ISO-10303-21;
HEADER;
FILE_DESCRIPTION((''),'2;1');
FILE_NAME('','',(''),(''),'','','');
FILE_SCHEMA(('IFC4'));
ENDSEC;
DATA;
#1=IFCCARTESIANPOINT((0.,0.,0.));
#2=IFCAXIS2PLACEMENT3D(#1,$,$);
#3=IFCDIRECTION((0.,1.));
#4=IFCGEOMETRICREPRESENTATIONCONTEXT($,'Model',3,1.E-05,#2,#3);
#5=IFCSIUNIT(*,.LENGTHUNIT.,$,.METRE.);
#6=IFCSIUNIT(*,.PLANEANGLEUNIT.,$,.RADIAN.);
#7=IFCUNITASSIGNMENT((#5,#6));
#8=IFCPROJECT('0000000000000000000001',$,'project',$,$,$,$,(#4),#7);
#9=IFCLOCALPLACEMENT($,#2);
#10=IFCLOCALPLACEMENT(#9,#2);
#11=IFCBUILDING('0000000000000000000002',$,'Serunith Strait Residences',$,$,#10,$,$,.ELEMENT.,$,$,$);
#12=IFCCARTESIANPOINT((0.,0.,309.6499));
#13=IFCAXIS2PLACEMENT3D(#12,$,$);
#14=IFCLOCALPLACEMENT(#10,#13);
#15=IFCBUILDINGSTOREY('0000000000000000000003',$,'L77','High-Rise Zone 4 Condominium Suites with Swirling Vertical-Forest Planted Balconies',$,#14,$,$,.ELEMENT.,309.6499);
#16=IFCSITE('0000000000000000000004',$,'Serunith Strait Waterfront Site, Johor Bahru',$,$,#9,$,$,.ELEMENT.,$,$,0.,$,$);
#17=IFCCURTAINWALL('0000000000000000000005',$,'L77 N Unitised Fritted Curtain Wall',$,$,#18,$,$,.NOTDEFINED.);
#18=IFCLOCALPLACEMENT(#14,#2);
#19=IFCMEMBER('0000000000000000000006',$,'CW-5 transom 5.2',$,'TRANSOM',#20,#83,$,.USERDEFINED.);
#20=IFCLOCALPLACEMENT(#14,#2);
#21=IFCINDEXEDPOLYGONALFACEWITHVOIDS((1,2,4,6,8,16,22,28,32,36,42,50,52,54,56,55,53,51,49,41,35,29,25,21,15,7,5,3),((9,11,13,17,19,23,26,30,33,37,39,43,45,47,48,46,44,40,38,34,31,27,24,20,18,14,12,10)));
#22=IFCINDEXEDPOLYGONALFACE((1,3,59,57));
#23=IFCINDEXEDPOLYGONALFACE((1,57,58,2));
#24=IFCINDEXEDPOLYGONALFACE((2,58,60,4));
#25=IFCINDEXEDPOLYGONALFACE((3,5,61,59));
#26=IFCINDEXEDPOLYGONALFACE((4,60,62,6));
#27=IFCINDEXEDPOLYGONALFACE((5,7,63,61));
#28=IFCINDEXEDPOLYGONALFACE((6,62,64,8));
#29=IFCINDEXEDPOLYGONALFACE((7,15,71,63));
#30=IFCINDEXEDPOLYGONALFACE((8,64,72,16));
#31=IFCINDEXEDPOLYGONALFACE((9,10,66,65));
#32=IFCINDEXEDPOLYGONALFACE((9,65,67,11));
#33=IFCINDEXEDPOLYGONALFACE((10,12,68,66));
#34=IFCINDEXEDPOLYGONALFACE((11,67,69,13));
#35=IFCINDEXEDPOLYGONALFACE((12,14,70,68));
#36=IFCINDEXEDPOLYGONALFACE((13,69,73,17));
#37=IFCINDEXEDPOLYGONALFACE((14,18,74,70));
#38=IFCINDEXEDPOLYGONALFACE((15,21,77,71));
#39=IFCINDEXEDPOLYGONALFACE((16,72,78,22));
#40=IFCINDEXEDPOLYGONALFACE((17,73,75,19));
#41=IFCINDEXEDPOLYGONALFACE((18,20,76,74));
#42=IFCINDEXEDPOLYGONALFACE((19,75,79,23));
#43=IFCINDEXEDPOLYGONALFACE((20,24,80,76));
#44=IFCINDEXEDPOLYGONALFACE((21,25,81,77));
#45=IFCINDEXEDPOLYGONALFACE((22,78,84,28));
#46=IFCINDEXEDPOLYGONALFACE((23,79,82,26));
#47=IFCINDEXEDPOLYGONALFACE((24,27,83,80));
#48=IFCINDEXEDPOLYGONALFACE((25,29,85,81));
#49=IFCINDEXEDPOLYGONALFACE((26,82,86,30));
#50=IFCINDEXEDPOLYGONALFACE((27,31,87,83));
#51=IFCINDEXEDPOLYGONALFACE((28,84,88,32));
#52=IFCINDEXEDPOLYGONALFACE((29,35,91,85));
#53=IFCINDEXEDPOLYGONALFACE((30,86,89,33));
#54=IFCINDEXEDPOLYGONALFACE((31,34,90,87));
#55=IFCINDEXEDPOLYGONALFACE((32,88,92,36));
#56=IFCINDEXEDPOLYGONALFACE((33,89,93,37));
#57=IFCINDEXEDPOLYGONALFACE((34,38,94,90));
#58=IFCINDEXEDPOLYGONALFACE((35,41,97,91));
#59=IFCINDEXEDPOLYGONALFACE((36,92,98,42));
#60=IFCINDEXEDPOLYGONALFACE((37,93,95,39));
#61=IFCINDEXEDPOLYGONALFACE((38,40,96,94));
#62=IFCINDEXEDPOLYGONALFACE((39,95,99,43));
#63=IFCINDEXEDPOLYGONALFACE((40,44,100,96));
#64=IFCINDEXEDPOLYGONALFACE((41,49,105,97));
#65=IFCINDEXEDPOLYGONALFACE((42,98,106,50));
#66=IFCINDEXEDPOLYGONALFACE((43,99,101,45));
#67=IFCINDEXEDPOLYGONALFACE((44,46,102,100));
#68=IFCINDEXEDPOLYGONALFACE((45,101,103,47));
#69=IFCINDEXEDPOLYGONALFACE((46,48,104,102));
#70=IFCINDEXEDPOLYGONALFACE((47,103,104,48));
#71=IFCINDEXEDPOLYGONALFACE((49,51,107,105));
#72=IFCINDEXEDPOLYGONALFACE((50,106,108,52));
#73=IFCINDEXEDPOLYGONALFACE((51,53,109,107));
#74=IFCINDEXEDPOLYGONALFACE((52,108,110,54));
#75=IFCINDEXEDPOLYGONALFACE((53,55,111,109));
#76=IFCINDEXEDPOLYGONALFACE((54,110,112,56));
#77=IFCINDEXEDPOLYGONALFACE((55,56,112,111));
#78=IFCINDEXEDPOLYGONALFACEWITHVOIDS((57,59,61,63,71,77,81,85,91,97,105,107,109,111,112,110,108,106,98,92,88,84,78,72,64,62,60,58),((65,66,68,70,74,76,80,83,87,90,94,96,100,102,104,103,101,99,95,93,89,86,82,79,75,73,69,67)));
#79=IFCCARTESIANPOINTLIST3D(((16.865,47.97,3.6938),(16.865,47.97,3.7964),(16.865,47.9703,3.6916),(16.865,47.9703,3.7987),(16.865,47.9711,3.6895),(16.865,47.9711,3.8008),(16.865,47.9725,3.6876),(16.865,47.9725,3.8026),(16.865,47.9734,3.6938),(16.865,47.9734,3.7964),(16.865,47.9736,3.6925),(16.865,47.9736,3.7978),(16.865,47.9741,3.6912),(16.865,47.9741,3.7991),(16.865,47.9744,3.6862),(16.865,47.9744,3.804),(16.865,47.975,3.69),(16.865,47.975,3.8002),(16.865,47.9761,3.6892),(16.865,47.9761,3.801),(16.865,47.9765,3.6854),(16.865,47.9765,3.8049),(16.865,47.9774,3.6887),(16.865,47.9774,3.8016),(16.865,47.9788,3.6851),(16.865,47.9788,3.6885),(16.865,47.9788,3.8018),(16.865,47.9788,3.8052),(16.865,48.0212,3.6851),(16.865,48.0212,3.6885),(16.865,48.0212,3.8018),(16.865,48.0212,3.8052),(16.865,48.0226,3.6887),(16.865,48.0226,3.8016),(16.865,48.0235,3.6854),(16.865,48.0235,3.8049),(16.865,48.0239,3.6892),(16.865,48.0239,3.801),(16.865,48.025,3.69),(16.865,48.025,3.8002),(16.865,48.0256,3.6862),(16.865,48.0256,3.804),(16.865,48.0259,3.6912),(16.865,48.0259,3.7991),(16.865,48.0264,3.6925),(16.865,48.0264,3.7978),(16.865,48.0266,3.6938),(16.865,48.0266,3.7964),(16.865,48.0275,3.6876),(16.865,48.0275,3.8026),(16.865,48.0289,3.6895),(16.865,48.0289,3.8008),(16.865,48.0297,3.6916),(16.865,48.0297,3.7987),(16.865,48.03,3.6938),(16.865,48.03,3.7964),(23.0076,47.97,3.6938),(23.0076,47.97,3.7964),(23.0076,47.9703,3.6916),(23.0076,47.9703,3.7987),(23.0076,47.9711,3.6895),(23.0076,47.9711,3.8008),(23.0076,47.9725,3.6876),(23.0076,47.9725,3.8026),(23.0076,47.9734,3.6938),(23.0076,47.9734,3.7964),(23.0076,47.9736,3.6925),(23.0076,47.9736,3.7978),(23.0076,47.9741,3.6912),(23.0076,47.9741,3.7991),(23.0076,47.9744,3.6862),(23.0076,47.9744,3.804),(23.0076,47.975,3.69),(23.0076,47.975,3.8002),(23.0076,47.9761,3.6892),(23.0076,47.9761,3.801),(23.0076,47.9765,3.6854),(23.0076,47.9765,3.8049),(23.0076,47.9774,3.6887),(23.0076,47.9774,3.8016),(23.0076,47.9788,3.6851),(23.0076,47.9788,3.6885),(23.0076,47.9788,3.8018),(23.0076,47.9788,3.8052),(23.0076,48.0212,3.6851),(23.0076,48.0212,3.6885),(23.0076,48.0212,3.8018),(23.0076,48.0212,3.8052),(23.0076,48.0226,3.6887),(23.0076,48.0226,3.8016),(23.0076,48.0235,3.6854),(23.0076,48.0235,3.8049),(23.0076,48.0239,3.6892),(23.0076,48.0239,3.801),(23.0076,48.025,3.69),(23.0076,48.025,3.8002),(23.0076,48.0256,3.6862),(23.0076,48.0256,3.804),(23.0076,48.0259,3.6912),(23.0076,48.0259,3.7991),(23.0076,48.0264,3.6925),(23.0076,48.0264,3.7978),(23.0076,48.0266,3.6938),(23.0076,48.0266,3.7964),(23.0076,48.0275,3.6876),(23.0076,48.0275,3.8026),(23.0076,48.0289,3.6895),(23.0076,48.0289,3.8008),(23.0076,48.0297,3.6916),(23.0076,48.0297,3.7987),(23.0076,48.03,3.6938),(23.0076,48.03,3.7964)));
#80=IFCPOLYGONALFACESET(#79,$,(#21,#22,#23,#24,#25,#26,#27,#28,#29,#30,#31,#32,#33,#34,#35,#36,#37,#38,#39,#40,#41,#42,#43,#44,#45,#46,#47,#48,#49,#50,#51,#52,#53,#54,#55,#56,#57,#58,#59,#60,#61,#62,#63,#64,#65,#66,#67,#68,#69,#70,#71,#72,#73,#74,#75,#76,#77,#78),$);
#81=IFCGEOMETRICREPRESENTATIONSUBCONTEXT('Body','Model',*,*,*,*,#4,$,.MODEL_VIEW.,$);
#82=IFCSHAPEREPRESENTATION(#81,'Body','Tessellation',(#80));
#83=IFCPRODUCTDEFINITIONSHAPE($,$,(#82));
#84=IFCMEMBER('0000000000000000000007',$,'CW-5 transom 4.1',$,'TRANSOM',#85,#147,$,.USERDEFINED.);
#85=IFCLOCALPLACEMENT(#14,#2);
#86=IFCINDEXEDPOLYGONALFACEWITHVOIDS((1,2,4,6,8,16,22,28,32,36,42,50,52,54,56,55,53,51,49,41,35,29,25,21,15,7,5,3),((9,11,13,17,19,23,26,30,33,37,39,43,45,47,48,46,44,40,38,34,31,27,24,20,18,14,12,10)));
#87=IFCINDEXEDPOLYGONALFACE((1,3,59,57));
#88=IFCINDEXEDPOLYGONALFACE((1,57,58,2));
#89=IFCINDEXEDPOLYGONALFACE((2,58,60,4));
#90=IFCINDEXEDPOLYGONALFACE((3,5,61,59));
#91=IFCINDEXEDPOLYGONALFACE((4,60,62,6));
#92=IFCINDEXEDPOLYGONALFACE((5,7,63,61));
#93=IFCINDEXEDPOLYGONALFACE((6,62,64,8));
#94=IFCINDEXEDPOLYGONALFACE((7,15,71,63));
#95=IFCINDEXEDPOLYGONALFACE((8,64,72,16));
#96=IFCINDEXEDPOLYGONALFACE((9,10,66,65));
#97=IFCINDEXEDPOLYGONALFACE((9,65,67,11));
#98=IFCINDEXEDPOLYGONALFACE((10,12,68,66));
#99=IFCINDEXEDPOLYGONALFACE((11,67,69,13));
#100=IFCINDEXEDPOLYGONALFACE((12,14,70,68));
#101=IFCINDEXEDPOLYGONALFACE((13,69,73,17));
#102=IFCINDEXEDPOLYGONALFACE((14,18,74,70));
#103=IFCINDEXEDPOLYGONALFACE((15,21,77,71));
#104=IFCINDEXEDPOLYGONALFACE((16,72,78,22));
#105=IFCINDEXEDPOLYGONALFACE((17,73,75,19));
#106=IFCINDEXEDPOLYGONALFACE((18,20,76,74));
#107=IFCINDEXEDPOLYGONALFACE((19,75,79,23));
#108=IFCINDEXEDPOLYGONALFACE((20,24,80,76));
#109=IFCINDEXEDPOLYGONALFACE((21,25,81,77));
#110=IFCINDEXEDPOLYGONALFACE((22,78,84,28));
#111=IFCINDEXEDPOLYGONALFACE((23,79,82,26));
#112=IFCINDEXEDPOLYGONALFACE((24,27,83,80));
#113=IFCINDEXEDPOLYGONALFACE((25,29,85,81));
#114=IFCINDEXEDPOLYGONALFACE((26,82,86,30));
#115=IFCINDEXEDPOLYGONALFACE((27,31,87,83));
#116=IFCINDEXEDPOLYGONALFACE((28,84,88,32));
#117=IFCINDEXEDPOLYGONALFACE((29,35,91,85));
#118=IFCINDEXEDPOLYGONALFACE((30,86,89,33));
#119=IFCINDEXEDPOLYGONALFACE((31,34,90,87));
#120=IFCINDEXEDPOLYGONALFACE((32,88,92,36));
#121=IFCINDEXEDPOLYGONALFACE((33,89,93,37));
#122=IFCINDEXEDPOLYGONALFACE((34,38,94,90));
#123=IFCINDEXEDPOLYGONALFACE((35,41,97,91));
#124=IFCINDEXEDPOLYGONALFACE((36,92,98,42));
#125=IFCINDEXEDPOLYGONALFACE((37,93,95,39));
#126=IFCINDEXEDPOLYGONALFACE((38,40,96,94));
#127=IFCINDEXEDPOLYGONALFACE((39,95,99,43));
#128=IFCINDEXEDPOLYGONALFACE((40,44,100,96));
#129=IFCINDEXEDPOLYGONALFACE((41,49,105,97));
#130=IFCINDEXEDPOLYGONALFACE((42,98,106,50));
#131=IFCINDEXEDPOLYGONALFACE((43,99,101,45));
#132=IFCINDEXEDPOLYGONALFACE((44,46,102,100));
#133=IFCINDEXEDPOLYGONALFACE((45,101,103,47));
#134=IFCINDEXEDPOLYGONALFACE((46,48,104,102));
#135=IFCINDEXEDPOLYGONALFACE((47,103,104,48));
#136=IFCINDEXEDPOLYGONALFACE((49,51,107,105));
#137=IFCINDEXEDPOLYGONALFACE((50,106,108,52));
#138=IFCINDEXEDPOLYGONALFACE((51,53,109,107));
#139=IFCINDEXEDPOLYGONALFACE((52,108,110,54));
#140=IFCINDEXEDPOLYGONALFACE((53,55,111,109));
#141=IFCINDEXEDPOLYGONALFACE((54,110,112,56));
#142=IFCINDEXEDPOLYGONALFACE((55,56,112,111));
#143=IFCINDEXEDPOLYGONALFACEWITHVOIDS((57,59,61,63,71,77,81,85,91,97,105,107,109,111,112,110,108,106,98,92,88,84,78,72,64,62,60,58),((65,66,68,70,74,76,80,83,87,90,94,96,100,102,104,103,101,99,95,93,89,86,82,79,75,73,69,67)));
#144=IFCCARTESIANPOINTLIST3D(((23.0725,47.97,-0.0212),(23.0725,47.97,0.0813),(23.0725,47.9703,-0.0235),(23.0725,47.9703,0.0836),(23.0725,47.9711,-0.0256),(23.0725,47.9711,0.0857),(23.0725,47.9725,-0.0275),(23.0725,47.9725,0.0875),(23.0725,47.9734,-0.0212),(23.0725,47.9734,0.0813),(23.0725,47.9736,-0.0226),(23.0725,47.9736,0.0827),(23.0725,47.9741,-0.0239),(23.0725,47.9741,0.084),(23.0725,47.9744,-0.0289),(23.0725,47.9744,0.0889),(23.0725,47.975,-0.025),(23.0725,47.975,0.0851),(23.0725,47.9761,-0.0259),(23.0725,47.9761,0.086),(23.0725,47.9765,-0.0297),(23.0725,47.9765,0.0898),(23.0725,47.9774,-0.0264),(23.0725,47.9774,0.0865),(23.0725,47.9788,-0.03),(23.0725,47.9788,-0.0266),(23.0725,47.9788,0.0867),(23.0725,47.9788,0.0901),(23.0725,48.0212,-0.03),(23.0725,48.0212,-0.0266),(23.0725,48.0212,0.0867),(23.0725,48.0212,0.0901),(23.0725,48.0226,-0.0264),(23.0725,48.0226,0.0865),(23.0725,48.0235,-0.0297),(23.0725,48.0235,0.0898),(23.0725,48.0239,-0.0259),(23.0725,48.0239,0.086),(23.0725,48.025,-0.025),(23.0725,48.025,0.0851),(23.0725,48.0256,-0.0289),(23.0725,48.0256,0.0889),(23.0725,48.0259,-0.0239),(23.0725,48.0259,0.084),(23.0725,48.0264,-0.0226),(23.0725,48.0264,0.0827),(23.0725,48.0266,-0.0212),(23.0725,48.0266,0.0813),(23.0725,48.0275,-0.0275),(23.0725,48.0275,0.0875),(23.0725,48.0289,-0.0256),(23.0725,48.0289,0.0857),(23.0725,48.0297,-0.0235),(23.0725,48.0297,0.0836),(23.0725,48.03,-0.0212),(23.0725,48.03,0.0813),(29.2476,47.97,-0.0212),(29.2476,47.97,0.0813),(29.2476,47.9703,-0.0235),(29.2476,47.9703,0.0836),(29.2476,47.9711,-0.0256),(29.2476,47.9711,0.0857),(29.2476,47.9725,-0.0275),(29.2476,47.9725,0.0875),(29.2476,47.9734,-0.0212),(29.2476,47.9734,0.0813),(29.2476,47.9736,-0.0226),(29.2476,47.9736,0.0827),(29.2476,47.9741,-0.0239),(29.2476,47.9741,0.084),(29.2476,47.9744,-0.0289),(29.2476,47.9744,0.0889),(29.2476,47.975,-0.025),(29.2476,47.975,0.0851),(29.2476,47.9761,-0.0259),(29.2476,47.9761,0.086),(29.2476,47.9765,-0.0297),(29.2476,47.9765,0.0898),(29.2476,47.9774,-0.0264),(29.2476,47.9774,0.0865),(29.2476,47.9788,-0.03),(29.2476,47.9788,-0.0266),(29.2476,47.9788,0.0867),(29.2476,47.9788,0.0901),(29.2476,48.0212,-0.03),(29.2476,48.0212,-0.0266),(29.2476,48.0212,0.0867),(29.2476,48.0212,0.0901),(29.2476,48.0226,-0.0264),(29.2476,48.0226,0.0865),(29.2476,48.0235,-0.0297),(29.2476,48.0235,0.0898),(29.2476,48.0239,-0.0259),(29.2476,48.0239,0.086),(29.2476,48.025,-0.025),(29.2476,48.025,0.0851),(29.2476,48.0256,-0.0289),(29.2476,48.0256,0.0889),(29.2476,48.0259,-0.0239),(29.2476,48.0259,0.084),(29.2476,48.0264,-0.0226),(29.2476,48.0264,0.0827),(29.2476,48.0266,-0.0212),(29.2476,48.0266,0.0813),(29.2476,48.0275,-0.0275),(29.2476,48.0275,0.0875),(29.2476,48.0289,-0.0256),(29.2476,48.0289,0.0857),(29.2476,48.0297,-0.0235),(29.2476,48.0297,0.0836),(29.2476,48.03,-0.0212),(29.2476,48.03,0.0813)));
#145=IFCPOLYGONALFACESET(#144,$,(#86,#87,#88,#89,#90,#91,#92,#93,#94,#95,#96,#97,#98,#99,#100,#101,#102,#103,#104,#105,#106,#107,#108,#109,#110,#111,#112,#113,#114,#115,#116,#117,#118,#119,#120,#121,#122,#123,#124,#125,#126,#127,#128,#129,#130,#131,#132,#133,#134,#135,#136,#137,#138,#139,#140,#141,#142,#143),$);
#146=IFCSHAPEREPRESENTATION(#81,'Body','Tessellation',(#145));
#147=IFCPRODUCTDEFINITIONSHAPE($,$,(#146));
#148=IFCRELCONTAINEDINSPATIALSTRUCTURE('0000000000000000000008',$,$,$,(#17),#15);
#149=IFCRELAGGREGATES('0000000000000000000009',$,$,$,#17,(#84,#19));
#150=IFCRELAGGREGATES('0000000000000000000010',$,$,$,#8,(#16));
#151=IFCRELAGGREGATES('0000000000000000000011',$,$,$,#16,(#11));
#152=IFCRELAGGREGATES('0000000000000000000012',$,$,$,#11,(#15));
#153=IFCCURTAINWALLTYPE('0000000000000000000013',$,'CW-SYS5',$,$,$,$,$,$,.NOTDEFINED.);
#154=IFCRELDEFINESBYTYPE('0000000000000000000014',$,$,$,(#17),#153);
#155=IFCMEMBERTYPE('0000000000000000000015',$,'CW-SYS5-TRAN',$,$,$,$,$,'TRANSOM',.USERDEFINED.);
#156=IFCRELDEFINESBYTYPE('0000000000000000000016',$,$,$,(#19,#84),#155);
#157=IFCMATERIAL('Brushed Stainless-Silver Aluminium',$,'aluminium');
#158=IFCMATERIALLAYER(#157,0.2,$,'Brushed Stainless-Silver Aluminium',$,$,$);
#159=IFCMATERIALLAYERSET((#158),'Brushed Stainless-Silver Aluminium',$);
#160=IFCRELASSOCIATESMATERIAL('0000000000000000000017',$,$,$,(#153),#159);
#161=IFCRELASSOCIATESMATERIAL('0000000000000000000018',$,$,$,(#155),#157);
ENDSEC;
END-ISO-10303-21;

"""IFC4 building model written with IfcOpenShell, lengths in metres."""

from ifc_helpers import new_model, si_unit, direction, frame, origin, origin_2d, place, context, subcontext, project, spatial, hollow_rectangle, extrude, source, transform, mapped, material, layer, layer_set, material_profile, profile_set, type_object, element, aggregate, save


model = new_model("IFC4")

# Units and contexts
model_context = context("Model", 3, precision=1e-05, world=origin(), true_north=direction((0.0, 1.0)))
body_context = subcontext(model_context, "Body", "Model", "MODEL_VIEW")
ifc_project = project(units=[si_unit("LENGTHUNIT", "METRE"), si_unit("PLANEANGLEUNIT", "RADIAN")], contexts=[model_context])

# Site, building, storey
site_placement = place(None, origin())
site = spatial("IfcSite", under=ifc_project, at=site_placement, Name="Serunith Strait Waterfront Site, Johor Bahru", CompositionType="ELEMENT", RefElevation=0.0)
building_placement = place(site_placement, origin())
building = spatial("IfcBuilding", under=site, at=building_placement, Name="Serunith Strait Residences", CompositionType="ELEMENT")
storey_placement = place(building_placement, frame((0.0, 0.0, 309.6499)))
storey = spatial("IfcBuildingStorey", under=building, at=storey_placement, Name="L77", Description="High-Rise Zone 4 Condominium Suites with Swirling Vertical-Forest Planted Balconies", CompositionType="ELEMENT", Elevation=309.6499)

# Curtain wall, members
ifc_material_1 = material(Name="Brushed Stainless-Silver Aluminium", Category="aluminium")
ifc_layer_1 = layer(ifc_material_1, 0.2, Name="Brushed Stainless-Silver Aluminium")
ifc_layer_set_1 = layer_set([ifc_layer_1], Name="Brushed Stainless-Silver Aluminium")
curtain_wall_type = type_object("IfcCurtainWallType", Name="CW-SYS5", PredefinedType="NOTDEFINED", material=ifc_layer_set_1)
curtain_wall_placement = place(storey_placement, origin())
curtain_wall = element("IfcCurtainWall", 1, at=curtain_wall_placement, inside=storey, type_object=curtain_wall_type, Name="L77 N Unitised Fritted Curtain Wall", PredefinedType="NOTDEFINED")
ifc_material_profile_1 = material_profile(ifc_material_1, hollow_rectangle(XDim=0.0601, YDim=0.1201, WallThickness=0.0034, InnerFilletRadius=0.0054, OuterFilletRadius=0.0088, at=origin_2d()), Name="ALU 120x60x3.5")
ifc_profile_set_1 = profile_set([ifc_material_profile_1], Name="Brushed Stainless-Silver Aluminium")
member_type_1 = type_object("IfcMemberType", Name="CW-SYS5-TRAN", ElementType="TRANSOM", PredefinedType="USERDEFINED", material=ifc_profile_set_1)
shared_shape_1 = source(origin(), body_context, "Body", "SweptSolid", [
    extrude(hollow_rectangle(XDim=0.0601, YDim=0.1201, WallThickness=0.0034, InnerFilletRadius=0.0054, OuterFilletRadius=0.0088, at=origin_2d()), origin(), (0.0, 0.0, 1.0), 6.1426),
])
member_1_placement = place(storey_placement, frame((23.0076, 48.0, 3.7451), z_axis=(-1.0, 0.0, 0.0), x_axis=(0.0, -1.0, 0.0)))
member_1 = element("IfcMember", 2, at=member_1_placement, type_object=member_type_1, Name="CW-5 transom 5.2", ObjectType="TRANSOM", PredefinedType="USERDEFINED", context=body_context, shape_type="MappedRepresentation", body=[
    mapped(shared_shape_1, transform((0.0, 0.0, 0.0), scale=1.0)),
])
shared_shape_2 = source(origin(), body_context, "Body", "SweptSolid", [
    extrude(hollow_rectangle(XDim=0.0601, YDim=0.1201, WallThickness=0.0034, InnerFilletRadius=0.0054, OuterFilletRadius=0.0088, at=origin_2d()), origin(), (0.0, 0.0, 1.0), 6.175),
])
member_2_placement = place(storey_placement, frame((29.2476, 48.0, 0.03), z_axis=(-1.0, 0.0, 0.0), x_axis=(0.0, -1.0, 0.0)))
member_2 = element("IfcMember", 3, at=member_2_placement, type_object=member_type_1, Name="CW-5 transom 4.1", ObjectType="TRANSOM", PredefinedType="USERDEFINED", context=body_context, shape_type="MappedRepresentation", body=[
    mapped(shared_shape_2, transform((0.0, 0.0, 0.0), scale=1.0)),
])
aggregate(curtain_wall, [member_2, member_1])

save(model, "model.ifc")
